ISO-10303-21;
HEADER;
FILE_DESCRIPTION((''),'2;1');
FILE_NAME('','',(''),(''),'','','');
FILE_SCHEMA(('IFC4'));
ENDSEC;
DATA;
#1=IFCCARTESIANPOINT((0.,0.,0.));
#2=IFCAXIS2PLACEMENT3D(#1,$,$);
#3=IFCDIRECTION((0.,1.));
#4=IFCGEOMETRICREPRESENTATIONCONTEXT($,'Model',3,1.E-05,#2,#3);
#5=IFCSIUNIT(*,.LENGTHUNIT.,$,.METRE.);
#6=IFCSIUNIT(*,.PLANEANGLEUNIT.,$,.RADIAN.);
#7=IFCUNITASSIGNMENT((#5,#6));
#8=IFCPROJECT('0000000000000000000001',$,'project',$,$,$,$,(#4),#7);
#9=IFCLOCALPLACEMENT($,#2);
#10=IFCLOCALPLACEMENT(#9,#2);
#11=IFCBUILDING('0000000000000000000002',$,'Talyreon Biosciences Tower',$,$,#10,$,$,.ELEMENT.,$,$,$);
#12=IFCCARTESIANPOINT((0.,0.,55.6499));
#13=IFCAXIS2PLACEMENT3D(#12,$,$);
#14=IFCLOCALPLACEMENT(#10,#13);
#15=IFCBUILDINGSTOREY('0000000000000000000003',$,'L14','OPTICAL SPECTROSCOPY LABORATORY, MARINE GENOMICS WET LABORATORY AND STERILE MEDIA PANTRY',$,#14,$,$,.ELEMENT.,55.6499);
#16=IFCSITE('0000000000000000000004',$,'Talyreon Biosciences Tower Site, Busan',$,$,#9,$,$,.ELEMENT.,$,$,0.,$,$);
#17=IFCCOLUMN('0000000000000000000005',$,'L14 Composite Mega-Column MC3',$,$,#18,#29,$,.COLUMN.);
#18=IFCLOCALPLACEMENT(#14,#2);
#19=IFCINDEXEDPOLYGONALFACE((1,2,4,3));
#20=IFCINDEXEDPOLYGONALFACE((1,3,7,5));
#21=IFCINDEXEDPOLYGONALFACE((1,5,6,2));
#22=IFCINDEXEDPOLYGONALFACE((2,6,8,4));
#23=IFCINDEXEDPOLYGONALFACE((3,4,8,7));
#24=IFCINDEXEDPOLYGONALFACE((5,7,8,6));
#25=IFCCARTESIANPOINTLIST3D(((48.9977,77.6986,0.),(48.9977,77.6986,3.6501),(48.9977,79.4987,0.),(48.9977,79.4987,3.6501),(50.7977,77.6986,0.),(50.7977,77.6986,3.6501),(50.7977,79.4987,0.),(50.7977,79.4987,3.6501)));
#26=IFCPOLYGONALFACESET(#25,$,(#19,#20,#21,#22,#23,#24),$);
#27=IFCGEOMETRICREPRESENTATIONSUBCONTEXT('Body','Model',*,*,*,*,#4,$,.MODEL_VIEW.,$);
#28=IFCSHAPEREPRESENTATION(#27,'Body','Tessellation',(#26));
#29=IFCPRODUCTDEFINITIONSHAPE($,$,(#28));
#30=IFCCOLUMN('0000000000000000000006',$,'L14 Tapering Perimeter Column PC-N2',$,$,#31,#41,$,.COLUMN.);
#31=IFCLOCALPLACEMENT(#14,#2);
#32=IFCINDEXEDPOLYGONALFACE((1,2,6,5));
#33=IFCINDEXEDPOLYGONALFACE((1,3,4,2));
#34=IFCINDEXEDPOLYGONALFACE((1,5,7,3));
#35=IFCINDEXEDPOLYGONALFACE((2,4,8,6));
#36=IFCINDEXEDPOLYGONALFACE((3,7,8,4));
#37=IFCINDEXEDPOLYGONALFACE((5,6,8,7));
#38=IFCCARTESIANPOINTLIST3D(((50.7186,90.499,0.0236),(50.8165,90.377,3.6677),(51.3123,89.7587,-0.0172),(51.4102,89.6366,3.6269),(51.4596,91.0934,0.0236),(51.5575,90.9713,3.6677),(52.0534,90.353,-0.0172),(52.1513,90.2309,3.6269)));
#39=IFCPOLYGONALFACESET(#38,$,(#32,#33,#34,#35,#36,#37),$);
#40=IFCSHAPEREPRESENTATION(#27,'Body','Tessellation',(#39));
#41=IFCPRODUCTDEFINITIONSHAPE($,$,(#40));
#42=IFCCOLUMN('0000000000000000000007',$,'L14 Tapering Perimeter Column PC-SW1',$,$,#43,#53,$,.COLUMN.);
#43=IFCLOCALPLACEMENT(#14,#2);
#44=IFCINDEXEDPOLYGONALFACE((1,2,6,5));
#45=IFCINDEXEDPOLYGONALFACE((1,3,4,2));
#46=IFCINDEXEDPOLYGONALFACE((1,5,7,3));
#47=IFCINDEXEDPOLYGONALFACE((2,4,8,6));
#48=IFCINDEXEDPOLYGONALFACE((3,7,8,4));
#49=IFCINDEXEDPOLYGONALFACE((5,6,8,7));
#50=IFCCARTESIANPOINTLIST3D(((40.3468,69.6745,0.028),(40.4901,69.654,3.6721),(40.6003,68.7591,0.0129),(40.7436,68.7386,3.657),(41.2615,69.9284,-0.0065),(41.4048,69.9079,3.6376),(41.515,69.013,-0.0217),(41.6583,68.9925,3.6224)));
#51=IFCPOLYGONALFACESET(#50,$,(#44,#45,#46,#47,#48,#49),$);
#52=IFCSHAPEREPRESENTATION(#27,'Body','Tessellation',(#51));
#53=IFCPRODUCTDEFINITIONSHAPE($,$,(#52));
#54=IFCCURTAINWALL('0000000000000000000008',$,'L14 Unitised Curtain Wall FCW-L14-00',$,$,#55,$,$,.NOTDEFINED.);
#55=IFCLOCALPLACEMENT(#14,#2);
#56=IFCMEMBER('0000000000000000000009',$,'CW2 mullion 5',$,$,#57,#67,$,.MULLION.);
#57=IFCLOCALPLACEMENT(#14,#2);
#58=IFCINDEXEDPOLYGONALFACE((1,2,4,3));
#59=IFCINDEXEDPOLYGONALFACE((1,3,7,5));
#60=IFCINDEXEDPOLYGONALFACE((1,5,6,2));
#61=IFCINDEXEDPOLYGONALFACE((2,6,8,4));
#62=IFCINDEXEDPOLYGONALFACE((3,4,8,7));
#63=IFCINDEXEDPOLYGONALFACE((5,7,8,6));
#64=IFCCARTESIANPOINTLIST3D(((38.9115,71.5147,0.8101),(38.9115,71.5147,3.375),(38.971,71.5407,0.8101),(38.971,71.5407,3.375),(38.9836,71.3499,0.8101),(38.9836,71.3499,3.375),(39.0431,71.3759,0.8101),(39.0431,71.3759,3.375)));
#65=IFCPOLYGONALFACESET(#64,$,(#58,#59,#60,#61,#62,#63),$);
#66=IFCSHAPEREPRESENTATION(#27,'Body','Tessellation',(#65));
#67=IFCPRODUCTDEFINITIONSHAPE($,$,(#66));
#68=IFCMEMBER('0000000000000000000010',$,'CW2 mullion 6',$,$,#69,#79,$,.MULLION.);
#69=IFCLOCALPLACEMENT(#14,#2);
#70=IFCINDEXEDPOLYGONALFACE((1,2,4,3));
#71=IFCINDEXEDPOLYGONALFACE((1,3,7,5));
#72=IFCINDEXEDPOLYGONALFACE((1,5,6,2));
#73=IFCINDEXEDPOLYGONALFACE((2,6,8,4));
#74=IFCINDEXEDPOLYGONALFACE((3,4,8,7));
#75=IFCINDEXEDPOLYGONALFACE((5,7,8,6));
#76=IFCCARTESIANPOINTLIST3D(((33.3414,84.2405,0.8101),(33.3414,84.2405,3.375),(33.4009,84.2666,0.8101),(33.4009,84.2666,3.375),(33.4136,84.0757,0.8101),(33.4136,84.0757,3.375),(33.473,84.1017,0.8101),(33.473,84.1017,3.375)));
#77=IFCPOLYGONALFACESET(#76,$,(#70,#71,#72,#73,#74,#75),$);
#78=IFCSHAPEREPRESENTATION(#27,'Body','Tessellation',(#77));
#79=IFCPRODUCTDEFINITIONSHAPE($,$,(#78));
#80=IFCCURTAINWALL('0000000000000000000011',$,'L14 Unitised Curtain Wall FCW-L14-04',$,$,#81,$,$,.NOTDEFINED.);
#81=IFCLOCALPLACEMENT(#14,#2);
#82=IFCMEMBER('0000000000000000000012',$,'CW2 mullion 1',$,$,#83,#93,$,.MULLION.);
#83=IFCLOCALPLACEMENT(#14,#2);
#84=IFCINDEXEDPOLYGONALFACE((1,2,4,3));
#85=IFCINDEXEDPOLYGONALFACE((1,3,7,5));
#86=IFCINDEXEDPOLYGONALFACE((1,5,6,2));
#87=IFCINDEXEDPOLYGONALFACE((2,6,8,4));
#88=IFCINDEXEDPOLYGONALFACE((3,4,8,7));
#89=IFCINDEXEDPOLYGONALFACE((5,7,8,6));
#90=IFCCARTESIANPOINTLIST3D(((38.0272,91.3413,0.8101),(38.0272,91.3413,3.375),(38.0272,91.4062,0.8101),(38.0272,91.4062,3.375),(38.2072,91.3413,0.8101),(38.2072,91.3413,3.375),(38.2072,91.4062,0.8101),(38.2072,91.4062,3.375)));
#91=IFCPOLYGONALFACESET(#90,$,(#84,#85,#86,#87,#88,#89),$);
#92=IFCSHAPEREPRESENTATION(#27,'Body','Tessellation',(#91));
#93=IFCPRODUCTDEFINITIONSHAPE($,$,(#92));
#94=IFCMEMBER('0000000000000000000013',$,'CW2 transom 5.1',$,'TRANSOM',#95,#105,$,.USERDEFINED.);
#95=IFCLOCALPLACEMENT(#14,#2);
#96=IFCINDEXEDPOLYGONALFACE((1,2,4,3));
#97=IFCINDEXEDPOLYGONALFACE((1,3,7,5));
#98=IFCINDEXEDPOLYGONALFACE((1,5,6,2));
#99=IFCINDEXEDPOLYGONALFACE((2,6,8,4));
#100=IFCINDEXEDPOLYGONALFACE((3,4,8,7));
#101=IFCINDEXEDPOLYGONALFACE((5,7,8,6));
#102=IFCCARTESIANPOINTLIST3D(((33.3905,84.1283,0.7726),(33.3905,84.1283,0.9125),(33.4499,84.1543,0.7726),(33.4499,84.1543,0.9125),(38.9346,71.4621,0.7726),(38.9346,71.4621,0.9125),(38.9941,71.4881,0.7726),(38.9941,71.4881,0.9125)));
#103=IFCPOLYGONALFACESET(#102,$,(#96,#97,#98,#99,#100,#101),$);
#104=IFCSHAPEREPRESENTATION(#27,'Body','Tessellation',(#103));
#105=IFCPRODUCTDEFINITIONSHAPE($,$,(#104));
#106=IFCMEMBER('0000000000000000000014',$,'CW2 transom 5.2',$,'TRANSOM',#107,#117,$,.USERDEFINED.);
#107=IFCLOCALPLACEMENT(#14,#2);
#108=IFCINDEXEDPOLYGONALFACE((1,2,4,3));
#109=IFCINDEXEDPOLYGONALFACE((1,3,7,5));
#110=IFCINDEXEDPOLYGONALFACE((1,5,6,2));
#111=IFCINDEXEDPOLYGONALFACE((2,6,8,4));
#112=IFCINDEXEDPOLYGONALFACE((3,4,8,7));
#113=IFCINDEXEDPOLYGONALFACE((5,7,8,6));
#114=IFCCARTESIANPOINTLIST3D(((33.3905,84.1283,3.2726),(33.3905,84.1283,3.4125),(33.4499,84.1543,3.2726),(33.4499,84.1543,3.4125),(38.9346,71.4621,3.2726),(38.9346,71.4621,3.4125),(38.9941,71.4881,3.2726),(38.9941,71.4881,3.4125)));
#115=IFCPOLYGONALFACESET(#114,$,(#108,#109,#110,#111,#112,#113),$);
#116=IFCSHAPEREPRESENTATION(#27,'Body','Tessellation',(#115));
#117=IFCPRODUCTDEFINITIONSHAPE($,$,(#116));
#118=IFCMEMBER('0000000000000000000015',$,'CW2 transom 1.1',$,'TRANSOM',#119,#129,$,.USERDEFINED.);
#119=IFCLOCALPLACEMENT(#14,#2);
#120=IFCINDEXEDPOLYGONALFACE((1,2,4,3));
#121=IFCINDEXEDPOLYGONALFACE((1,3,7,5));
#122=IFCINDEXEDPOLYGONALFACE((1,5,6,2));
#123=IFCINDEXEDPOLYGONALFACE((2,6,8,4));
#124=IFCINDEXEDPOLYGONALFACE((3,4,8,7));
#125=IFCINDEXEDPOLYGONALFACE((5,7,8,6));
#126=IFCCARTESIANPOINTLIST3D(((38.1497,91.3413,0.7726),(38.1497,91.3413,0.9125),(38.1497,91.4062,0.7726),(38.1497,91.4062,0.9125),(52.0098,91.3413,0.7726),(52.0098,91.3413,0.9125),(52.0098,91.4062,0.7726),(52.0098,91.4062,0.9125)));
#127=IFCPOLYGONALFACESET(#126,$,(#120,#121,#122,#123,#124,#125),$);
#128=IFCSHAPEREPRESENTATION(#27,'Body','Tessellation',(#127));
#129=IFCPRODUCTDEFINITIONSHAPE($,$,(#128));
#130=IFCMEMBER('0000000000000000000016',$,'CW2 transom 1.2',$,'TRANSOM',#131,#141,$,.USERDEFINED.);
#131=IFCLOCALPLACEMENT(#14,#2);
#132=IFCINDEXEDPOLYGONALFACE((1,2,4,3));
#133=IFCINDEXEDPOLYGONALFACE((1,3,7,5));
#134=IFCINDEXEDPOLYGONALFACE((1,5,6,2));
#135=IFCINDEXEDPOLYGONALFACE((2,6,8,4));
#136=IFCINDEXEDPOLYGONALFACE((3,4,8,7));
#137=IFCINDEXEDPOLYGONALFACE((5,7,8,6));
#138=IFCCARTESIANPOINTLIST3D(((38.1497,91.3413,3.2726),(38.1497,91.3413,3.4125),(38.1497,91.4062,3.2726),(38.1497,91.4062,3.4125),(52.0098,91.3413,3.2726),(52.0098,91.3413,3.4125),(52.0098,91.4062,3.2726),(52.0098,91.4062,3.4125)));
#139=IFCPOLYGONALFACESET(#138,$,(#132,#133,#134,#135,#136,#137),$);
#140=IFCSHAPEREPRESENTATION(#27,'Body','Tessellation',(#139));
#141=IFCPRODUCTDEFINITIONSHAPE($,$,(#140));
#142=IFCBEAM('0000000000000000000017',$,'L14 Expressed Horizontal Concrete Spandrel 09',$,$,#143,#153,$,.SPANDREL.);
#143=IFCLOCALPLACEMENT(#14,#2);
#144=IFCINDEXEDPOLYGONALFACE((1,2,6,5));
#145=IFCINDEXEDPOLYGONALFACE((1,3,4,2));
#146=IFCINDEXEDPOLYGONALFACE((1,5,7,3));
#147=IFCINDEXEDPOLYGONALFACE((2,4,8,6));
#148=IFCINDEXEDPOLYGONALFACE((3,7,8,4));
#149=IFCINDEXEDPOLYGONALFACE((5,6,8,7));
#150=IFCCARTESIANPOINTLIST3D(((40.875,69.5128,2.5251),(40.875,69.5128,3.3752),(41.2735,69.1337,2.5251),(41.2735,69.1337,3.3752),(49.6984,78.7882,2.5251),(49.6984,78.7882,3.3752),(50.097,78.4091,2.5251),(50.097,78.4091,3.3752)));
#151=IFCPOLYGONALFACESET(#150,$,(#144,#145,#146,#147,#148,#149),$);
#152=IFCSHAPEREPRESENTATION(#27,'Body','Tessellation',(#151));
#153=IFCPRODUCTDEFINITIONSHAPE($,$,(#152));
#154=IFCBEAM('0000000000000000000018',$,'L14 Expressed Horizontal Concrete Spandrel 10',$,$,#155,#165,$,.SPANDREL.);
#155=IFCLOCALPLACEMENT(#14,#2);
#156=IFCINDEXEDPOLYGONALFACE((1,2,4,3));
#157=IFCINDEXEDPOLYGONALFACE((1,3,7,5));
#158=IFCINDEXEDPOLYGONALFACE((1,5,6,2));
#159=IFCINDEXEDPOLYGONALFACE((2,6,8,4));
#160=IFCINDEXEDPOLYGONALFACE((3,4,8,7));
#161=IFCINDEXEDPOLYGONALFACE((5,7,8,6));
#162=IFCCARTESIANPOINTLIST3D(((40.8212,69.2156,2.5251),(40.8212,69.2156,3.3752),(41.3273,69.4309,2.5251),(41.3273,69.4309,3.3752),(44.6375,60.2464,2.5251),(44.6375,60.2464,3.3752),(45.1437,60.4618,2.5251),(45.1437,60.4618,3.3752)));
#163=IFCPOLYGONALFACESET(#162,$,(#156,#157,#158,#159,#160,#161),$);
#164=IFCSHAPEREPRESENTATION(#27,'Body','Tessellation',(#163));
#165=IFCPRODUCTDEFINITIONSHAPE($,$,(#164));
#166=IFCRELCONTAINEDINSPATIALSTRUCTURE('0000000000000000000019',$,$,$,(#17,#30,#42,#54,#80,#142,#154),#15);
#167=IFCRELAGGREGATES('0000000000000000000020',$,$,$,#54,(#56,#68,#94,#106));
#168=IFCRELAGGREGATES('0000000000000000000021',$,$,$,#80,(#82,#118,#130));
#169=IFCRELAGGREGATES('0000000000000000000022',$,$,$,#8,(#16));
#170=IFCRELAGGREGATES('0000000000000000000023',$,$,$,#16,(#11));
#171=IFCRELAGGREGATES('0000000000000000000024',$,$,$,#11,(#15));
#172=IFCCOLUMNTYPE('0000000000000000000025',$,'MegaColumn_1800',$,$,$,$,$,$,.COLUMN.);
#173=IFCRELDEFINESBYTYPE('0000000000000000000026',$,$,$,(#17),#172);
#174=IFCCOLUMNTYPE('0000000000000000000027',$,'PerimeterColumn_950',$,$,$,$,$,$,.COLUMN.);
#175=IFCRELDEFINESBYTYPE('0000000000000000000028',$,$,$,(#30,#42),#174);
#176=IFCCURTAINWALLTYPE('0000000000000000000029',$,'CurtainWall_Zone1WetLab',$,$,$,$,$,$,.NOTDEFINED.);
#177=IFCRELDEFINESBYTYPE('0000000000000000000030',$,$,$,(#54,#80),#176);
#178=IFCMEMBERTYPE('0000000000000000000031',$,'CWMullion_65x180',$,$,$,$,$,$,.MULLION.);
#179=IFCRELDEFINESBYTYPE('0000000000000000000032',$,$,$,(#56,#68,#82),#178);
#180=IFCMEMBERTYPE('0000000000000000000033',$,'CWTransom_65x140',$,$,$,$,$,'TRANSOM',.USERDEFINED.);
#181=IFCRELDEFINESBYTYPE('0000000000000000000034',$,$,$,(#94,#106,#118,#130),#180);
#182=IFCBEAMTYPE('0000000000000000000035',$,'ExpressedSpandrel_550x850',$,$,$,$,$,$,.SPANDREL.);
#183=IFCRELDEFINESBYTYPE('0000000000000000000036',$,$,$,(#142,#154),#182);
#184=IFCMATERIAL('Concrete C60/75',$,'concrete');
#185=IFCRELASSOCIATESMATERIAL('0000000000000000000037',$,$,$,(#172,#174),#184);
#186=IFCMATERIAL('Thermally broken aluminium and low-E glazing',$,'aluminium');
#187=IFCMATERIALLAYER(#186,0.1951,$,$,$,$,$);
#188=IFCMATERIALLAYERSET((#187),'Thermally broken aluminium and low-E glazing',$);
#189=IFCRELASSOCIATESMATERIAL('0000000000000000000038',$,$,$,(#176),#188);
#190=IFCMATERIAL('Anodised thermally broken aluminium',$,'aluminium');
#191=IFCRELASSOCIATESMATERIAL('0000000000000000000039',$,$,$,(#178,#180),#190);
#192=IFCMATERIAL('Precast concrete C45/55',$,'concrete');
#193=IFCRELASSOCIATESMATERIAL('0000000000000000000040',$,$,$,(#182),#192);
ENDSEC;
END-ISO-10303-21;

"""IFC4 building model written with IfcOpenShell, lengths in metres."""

from ifc_helpers import new_model, si_unit, direction, frame, origin, origin_2d, place, context, subcontext, project, spatial, rectangle, extrude, material, layer, layer_set, material_profile, profile_set, type_object, element, aggregate, save


model = new_model("IFC4")

# Units and contexts
model_context = context("Model", 3, precision=1e-05, world=origin(), true_north=direction((0.0, 1.0)))
body_context = subcontext(model_context, "Body", "Model", "MODEL_VIEW")
ifc_project = project(units=[si_unit("LENGTHUNIT", "METRE"), si_unit("PLANEANGLEUNIT", "RADIAN")], contexts=[model_context])

# Site, building, storey
site_placement = place(None, origin())
site = spatial("IfcSite", under=ifc_project, at=site_placement, Name="Talyreon Biosciences Tower Site, Busan", CompositionType="ELEMENT", RefElevation=0.0)
building_placement = place(site_placement, origin())
building = spatial("IfcBuilding", under=site, at=building_placement, Name="Talyreon Biosciences Tower", CompositionType="ELEMENT")
storey_placement = place(building_placement, frame((0.0, 0.0, 55.6499)))
storey = spatial("IfcBuildingStorey", under=building, at=storey_placement, Name="L14", Description="OPTICAL SPECTROSCOPY LABORATORY, MARINE GENOMICS WET LABORATORY AND STERILE MEDIA PANTRY", CompositionType="ELEMENT", Elevation=55.6499)

# Columns
ifc_material_1 = material(Name="Concrete C60/75", Category="concrete")
ifc_material_profile_1 = material_profile(ifc_material_1, rectangle(XDim=1.8, YDim=1.8, at=origin_2d()), Name="RC 1800x1800")
ifc_profile_set_1 = profile_set([ifc_material_profile_1], Name="Concrete C60/75")
column_type_1 = type_object("IfcColumnType", Name="MegaColumn_1800", PredefinedType="COLUMN", material=ifc_profile_set_1)
column_1_placement = place(storey_placement, frame((49.8977, 78.5986, 0.0), z_axis=(0.0, 0.0, 1.0), x_axis=(1.0, 0.0, 0.0)))
element("IfcColumn", 1, at=column_1_placement, inside=storey, type_object=column_type_1, Name="L14 Composite Mega-Column MC3", PredefinedType="COLUMN", context=body_context, shape_type="SweptSolid", body=[
    extrude(rectangle(XDim=1.8, YDim=1.8, at=origin_2d()), origin(), (0.0, 0.0, 1.0), 3.6501),
])
ifc_material_profile_2 = material_profile(ifc_material_1, rectangle(XDim=0.95, YDim=0.95, at=origin_2d()), Name="RC 950x950")
ifc_profile_set_2 = profile_set([ifc_material_profile_2], Name="Concrete C60/75")
column_type_2 = type_object("IfcColumnType", Name="PerimeterColumn_950", PredefinedType="COLUMN", material=ifc_profile_set_2)
column_2_placement = place(storey_placement, frame((51.386, 90.426, 0.0032), z_axis=(0.026841, -0.033468, 0.999079), x_axis=(-0.780107, -0.625646, 0.0)))
element("IfcColumn", 2, at=column_2_placement, inside=storey, type_object=column_type_2, Name="L14 Tapering Perimeter Column PC-N2", PredefinedType="COLUMN", context=body_context, shape_type="SweptSolid", body=[
    extrude(rectangle(XDim=0.95, YDim=0.95, at=origin_2d()), origin(), (0.0, 0.0, 1.0), 3.6475),
])
column_3_placement = place(storey_placement, frame((40.9309, 69.3438, 0.0032), z_axis=(0.039296, -0.005623, 0.999212), x_axis=(0.962929, 0.267294, -0.036365)))
element("IfcColumn", 3, at=column_3_placement, inside=storey, type_object=column_type_2, Name="L14 Tapering Perimeter Column PC-SW1", PredefinedType="COLUMN", context=body_context, shape_type="SweptSolid", body=[
    extrude(rectangle(XDim=0.95, YDim=0.95, at=origin_2d()), origin(), (0.0, 0.0, 1.0), 3.647),
])

# Curtain wall, members
ifc_material_2 = material(Name="Thermally broken aluminium and low-E glazing", Category="aluminium")
ifc_layer_1 = layer(ifc_material_2, 0.1951)
ifc_layer_set_1 = layer_set([ifc_layer_1], Name="Thermally broken aluminium and low-E glazing")
curtain_wall_type = type_object("IfcCurtainWallType", Name="CurtainWall_Zone1WetLab", PredefinedType="NOTDEFINED", material=ifc_layer_set_1)
curtain_wall_1_placement = place(storey_placement, origin())
curtain_wall_1 = element("IfcCurtainWall", 4, at=curtain_wall_1_placement, inside=storey, type_object=curtain_wall_type, Name="L14 Unitised Curtain Wall FCW-L14-00", PredefinedType="NOTDEFINED")
ifc_material_3 = material(Name="Anodised thermally broken aluminium", Category="aluminium")
ifc_material_profile_3 = material_profile(ifc_material_3, rectangle(XDim=0.0649, YDim=0.1799, at=origin_2d()), Name="ALUM MULLION 65x180")
ifc_profile_set_3 = profile_set([ifc_material_profile_3], Name="Anodised thermally broken aluminium")
member_type_1 = type_object("IfcMemberType", Name="CWMullion_65x180", PredefinedType="MULLION", material=ifc_profile_set_3)
member_1_placement = place(storey_placement, frame((38.9773, 71.4453, 0.8101), z_axis=(0.0, 0.0, 1.0), x_axis=(-0.916092, -0.400968, 0.0)))
member_1 = element("IfcMember", 5, at=member_1_placement, type_object=member_type_1, Name="CW2 mullion 5", PredefinedType="MULLION", context=body_context, shape_type="SweptSolid", body=[
    extrude(rectangle(XDim=0.0649, YDim=0.1799, at=origin_2d()), origin(), (0.0, 0.0, 1.0), 2.5649),
])
member_2_placement = place(storey_placement, frame((33.4072, 84.1711, 0.8101), z_axis=(0.0, 0.0, 1.0), x_axis=(-0.916092, -0.400968, 0.0)))
member_2 = element("IfcMember", 6, at=member_2_placement, type_object=member_type_1, Name="CW2 mullion 6", PredefinedType="MULLION", context=body_context, shape_type="SweptSolid", body=[
    extrude(rectangle(XDim=0.0649, YDim=0.1799, at=origin_2d()), origin(), (0.0, 0.0, 1.0), 2.5649),
])

# Curtain wall, member
curtain_wall_2_placement = place(storey_placement, origin())
curtain_wall_2 = element("IfcCurtainWall", 7, at=curtain_wall_2_placement, inside=storey, type_object=curtain_wall_type, Name="L14 Unitised Curtain Wall FCW-L14-04", PredefinedType="NOTDEFINED")
member_3_placement = place(storey_placement, frame((38.1172, 91.3738, 0.8101), z_axis=(0.0, 0.0, 1.0), x_axis=(0.0, 1.0, 0.0)))
member_3 = element("IfcMember", 8, at=member_3_placement, type_object=member_type_1, Name="CW2 mullion 1", PredefinedType="MULLION", context=body_context, shape_type="SweptSolid", body=[
    extrude(rectangle(XDim=0.0649, YDim=0.1799, at=origin_2d()), origin(), (0.0, 0.0, 1.0), 2.5649),
])

# Members
ifc_material_profile_4 = material_profile(ifc_material_3, rectangle(XDim=0.0649, YDim=0.1399, at=origin_2d()), Name="ALUM TRANSOM 65x140")
ifc_profile_set_4 = profile_set([ifc_material_profile_4], Name="Anodised thermally broken aluminium")
member_type_2 = type_object("IfcMemberType", Name="CWTransom_65x140", ElementType="TRANSOM", PredefinedType="USERDEFINED", material=ifc_profile_set_4)
member_4_placement = place(storey_placement, frame((38.9644, 71.4751, 0.8425), z_axis=(-0.400983, 0.916086, 0.0), x_axis=(-0.916086, -0.400983, 0.0)))
member_4 = element("IfcMember", 9, at=member_4_placement, type_object=member_type_2, Name="CW2 transom 5.1", ObjectType="TRANSOM", PredefinedType="USERDEFINED", context=body_context, shape_type="SweptSolid", body=[
    extrude(rectangle(XDim=0.0649, YDim=0.1399, at=origin_2d()), origin(), (0.0, 0.0, 1.0), 13.8264),
])
member_5_placement = place(storey_placement, frame((38.9644, 71.4751, 3.3425), z_axis=(-0.400983, 0.916086, 0.0), x_axis=(-0.916086, -0.400983, 0.0)))
member_5 = element("IfcMember", 10, at=member_5_placement, type_object=member_type_2, Name="CW2 transom 5.2", ObjectType="TRANSOM", PredefinedType="USERDEFINED", context=body_context, shape_type="SweptSolid", body=[
    extrude(rectangle(XDim=0.0649, YDim=0.1399, at=origin_2d()), origin(), (0.0, 0.0, 1.0), 13.8264),
])
member_6_placement = place(storey_placement, frame((38.1497, 91.3738, 0.8425), z_axis=(1.0, 0.0, 0.0), x_axis=(0.0, 1.0, 0.0)))
member_6 = element("IfcMember", 11, at=member_6_placement, type_object=member_type_2, Name="CW2 transom 1.1", ObjectType="TRANSOM", PredefinedType="USERDEFINED", context=body_context, shape_type="SweptSolid", body=[
    extrude(rectangle(XDim=0.0649, YDim=0.1399, at=origin_2d()), origin(), (0.0, 0.0, 1.0), 13.8601),
])
member_7_placement = place(storey_placement, frame((38.1497, 91.3738, 3.3425), z_axis=(1.0, 0.0, 0.0), x_axis=(0.0, 1.0, 0.0)))
member_7 = element("IfcMember", 12, at=member_7_placement, type_object=member_type_2, Name="CW2 transom 1.2", ObjectType="TRANSOM", PredefinedType="USERDEFINED", context=body_context, shape_type="SweptSolid", body=[
    extrude(rectangle(XDim=0.0649, YDim=0.1399, at=origin_2d()), origin(), (0.0, 0.0, 1.0), 13.8601),
])

# Beams
ifc_material_4 = material(Name="Precast concrete C45/55", Category="concrete")
ifc_material_profile_5 = material_profile(ifc_material_4, rectangle(XDim=0.55, YDim=0.8501, at=origin_2d()), Name="RCB 550x850")
ifc_profile_set_5 = profile_set([ifc_material_profile_5], Name="Precast concrete C45/55")
beam_type_1 = type_object("IfcBeamType", Name="ExpressedSpandrel_550x850", PredefinedType="SPANDREL", material=ifc_profile_set_5)
beam_1_placement = place(storey_placement, frame((49.8977, 78.5986, 2.9502), z_axis=(-0.689236, -0.724536, 0.0), x_axis=(0.724536, -0.689236, 0.0)))
element("IfcBeam", 13, at=beam_1_placement, inside=storey, type_object=beam_type_1, Name="L14 Expressed Horizontal Concrete Spandrel 09", PredefinedType="SPANDREL", context=body_context, shape_type="SweptSolid", body=[
    extrude(rectangle(XDim=0.55, YDim=0.8501, at=origin_2d()), origin(), (0.0, 0.0, 1.0), 12.8018),
])
beam_2_placement = place(storey_placement, frame((41.0742, 69.3232, 2.9502), z_axis=(0.39153, -0.920165, 0.0), x_axis=(0.920165, 0.39153, 0.0)))
element("IfcBeam", 14, at=beam_2_placement, inside=storey, type_object=beam_type_1, Name="L14 Expressed Horizontal Concrete Spandrel 10", PredefinedType="SPANDREL", context=body_context, shape_type="SweptSolid", body=[
    extrude(rectangle(XDim=0.55, YDim=0.8501, at=origin_2d()), origin(), (0.0, 0.0, 1.0), 9.7473),
])

aggregate(curtain_wall_1, [member_1, member_2, member_4, member_5])
aggregate(curtain_wall_2, [member_3, member_6, member_7])

save(model, "model.ifc")
